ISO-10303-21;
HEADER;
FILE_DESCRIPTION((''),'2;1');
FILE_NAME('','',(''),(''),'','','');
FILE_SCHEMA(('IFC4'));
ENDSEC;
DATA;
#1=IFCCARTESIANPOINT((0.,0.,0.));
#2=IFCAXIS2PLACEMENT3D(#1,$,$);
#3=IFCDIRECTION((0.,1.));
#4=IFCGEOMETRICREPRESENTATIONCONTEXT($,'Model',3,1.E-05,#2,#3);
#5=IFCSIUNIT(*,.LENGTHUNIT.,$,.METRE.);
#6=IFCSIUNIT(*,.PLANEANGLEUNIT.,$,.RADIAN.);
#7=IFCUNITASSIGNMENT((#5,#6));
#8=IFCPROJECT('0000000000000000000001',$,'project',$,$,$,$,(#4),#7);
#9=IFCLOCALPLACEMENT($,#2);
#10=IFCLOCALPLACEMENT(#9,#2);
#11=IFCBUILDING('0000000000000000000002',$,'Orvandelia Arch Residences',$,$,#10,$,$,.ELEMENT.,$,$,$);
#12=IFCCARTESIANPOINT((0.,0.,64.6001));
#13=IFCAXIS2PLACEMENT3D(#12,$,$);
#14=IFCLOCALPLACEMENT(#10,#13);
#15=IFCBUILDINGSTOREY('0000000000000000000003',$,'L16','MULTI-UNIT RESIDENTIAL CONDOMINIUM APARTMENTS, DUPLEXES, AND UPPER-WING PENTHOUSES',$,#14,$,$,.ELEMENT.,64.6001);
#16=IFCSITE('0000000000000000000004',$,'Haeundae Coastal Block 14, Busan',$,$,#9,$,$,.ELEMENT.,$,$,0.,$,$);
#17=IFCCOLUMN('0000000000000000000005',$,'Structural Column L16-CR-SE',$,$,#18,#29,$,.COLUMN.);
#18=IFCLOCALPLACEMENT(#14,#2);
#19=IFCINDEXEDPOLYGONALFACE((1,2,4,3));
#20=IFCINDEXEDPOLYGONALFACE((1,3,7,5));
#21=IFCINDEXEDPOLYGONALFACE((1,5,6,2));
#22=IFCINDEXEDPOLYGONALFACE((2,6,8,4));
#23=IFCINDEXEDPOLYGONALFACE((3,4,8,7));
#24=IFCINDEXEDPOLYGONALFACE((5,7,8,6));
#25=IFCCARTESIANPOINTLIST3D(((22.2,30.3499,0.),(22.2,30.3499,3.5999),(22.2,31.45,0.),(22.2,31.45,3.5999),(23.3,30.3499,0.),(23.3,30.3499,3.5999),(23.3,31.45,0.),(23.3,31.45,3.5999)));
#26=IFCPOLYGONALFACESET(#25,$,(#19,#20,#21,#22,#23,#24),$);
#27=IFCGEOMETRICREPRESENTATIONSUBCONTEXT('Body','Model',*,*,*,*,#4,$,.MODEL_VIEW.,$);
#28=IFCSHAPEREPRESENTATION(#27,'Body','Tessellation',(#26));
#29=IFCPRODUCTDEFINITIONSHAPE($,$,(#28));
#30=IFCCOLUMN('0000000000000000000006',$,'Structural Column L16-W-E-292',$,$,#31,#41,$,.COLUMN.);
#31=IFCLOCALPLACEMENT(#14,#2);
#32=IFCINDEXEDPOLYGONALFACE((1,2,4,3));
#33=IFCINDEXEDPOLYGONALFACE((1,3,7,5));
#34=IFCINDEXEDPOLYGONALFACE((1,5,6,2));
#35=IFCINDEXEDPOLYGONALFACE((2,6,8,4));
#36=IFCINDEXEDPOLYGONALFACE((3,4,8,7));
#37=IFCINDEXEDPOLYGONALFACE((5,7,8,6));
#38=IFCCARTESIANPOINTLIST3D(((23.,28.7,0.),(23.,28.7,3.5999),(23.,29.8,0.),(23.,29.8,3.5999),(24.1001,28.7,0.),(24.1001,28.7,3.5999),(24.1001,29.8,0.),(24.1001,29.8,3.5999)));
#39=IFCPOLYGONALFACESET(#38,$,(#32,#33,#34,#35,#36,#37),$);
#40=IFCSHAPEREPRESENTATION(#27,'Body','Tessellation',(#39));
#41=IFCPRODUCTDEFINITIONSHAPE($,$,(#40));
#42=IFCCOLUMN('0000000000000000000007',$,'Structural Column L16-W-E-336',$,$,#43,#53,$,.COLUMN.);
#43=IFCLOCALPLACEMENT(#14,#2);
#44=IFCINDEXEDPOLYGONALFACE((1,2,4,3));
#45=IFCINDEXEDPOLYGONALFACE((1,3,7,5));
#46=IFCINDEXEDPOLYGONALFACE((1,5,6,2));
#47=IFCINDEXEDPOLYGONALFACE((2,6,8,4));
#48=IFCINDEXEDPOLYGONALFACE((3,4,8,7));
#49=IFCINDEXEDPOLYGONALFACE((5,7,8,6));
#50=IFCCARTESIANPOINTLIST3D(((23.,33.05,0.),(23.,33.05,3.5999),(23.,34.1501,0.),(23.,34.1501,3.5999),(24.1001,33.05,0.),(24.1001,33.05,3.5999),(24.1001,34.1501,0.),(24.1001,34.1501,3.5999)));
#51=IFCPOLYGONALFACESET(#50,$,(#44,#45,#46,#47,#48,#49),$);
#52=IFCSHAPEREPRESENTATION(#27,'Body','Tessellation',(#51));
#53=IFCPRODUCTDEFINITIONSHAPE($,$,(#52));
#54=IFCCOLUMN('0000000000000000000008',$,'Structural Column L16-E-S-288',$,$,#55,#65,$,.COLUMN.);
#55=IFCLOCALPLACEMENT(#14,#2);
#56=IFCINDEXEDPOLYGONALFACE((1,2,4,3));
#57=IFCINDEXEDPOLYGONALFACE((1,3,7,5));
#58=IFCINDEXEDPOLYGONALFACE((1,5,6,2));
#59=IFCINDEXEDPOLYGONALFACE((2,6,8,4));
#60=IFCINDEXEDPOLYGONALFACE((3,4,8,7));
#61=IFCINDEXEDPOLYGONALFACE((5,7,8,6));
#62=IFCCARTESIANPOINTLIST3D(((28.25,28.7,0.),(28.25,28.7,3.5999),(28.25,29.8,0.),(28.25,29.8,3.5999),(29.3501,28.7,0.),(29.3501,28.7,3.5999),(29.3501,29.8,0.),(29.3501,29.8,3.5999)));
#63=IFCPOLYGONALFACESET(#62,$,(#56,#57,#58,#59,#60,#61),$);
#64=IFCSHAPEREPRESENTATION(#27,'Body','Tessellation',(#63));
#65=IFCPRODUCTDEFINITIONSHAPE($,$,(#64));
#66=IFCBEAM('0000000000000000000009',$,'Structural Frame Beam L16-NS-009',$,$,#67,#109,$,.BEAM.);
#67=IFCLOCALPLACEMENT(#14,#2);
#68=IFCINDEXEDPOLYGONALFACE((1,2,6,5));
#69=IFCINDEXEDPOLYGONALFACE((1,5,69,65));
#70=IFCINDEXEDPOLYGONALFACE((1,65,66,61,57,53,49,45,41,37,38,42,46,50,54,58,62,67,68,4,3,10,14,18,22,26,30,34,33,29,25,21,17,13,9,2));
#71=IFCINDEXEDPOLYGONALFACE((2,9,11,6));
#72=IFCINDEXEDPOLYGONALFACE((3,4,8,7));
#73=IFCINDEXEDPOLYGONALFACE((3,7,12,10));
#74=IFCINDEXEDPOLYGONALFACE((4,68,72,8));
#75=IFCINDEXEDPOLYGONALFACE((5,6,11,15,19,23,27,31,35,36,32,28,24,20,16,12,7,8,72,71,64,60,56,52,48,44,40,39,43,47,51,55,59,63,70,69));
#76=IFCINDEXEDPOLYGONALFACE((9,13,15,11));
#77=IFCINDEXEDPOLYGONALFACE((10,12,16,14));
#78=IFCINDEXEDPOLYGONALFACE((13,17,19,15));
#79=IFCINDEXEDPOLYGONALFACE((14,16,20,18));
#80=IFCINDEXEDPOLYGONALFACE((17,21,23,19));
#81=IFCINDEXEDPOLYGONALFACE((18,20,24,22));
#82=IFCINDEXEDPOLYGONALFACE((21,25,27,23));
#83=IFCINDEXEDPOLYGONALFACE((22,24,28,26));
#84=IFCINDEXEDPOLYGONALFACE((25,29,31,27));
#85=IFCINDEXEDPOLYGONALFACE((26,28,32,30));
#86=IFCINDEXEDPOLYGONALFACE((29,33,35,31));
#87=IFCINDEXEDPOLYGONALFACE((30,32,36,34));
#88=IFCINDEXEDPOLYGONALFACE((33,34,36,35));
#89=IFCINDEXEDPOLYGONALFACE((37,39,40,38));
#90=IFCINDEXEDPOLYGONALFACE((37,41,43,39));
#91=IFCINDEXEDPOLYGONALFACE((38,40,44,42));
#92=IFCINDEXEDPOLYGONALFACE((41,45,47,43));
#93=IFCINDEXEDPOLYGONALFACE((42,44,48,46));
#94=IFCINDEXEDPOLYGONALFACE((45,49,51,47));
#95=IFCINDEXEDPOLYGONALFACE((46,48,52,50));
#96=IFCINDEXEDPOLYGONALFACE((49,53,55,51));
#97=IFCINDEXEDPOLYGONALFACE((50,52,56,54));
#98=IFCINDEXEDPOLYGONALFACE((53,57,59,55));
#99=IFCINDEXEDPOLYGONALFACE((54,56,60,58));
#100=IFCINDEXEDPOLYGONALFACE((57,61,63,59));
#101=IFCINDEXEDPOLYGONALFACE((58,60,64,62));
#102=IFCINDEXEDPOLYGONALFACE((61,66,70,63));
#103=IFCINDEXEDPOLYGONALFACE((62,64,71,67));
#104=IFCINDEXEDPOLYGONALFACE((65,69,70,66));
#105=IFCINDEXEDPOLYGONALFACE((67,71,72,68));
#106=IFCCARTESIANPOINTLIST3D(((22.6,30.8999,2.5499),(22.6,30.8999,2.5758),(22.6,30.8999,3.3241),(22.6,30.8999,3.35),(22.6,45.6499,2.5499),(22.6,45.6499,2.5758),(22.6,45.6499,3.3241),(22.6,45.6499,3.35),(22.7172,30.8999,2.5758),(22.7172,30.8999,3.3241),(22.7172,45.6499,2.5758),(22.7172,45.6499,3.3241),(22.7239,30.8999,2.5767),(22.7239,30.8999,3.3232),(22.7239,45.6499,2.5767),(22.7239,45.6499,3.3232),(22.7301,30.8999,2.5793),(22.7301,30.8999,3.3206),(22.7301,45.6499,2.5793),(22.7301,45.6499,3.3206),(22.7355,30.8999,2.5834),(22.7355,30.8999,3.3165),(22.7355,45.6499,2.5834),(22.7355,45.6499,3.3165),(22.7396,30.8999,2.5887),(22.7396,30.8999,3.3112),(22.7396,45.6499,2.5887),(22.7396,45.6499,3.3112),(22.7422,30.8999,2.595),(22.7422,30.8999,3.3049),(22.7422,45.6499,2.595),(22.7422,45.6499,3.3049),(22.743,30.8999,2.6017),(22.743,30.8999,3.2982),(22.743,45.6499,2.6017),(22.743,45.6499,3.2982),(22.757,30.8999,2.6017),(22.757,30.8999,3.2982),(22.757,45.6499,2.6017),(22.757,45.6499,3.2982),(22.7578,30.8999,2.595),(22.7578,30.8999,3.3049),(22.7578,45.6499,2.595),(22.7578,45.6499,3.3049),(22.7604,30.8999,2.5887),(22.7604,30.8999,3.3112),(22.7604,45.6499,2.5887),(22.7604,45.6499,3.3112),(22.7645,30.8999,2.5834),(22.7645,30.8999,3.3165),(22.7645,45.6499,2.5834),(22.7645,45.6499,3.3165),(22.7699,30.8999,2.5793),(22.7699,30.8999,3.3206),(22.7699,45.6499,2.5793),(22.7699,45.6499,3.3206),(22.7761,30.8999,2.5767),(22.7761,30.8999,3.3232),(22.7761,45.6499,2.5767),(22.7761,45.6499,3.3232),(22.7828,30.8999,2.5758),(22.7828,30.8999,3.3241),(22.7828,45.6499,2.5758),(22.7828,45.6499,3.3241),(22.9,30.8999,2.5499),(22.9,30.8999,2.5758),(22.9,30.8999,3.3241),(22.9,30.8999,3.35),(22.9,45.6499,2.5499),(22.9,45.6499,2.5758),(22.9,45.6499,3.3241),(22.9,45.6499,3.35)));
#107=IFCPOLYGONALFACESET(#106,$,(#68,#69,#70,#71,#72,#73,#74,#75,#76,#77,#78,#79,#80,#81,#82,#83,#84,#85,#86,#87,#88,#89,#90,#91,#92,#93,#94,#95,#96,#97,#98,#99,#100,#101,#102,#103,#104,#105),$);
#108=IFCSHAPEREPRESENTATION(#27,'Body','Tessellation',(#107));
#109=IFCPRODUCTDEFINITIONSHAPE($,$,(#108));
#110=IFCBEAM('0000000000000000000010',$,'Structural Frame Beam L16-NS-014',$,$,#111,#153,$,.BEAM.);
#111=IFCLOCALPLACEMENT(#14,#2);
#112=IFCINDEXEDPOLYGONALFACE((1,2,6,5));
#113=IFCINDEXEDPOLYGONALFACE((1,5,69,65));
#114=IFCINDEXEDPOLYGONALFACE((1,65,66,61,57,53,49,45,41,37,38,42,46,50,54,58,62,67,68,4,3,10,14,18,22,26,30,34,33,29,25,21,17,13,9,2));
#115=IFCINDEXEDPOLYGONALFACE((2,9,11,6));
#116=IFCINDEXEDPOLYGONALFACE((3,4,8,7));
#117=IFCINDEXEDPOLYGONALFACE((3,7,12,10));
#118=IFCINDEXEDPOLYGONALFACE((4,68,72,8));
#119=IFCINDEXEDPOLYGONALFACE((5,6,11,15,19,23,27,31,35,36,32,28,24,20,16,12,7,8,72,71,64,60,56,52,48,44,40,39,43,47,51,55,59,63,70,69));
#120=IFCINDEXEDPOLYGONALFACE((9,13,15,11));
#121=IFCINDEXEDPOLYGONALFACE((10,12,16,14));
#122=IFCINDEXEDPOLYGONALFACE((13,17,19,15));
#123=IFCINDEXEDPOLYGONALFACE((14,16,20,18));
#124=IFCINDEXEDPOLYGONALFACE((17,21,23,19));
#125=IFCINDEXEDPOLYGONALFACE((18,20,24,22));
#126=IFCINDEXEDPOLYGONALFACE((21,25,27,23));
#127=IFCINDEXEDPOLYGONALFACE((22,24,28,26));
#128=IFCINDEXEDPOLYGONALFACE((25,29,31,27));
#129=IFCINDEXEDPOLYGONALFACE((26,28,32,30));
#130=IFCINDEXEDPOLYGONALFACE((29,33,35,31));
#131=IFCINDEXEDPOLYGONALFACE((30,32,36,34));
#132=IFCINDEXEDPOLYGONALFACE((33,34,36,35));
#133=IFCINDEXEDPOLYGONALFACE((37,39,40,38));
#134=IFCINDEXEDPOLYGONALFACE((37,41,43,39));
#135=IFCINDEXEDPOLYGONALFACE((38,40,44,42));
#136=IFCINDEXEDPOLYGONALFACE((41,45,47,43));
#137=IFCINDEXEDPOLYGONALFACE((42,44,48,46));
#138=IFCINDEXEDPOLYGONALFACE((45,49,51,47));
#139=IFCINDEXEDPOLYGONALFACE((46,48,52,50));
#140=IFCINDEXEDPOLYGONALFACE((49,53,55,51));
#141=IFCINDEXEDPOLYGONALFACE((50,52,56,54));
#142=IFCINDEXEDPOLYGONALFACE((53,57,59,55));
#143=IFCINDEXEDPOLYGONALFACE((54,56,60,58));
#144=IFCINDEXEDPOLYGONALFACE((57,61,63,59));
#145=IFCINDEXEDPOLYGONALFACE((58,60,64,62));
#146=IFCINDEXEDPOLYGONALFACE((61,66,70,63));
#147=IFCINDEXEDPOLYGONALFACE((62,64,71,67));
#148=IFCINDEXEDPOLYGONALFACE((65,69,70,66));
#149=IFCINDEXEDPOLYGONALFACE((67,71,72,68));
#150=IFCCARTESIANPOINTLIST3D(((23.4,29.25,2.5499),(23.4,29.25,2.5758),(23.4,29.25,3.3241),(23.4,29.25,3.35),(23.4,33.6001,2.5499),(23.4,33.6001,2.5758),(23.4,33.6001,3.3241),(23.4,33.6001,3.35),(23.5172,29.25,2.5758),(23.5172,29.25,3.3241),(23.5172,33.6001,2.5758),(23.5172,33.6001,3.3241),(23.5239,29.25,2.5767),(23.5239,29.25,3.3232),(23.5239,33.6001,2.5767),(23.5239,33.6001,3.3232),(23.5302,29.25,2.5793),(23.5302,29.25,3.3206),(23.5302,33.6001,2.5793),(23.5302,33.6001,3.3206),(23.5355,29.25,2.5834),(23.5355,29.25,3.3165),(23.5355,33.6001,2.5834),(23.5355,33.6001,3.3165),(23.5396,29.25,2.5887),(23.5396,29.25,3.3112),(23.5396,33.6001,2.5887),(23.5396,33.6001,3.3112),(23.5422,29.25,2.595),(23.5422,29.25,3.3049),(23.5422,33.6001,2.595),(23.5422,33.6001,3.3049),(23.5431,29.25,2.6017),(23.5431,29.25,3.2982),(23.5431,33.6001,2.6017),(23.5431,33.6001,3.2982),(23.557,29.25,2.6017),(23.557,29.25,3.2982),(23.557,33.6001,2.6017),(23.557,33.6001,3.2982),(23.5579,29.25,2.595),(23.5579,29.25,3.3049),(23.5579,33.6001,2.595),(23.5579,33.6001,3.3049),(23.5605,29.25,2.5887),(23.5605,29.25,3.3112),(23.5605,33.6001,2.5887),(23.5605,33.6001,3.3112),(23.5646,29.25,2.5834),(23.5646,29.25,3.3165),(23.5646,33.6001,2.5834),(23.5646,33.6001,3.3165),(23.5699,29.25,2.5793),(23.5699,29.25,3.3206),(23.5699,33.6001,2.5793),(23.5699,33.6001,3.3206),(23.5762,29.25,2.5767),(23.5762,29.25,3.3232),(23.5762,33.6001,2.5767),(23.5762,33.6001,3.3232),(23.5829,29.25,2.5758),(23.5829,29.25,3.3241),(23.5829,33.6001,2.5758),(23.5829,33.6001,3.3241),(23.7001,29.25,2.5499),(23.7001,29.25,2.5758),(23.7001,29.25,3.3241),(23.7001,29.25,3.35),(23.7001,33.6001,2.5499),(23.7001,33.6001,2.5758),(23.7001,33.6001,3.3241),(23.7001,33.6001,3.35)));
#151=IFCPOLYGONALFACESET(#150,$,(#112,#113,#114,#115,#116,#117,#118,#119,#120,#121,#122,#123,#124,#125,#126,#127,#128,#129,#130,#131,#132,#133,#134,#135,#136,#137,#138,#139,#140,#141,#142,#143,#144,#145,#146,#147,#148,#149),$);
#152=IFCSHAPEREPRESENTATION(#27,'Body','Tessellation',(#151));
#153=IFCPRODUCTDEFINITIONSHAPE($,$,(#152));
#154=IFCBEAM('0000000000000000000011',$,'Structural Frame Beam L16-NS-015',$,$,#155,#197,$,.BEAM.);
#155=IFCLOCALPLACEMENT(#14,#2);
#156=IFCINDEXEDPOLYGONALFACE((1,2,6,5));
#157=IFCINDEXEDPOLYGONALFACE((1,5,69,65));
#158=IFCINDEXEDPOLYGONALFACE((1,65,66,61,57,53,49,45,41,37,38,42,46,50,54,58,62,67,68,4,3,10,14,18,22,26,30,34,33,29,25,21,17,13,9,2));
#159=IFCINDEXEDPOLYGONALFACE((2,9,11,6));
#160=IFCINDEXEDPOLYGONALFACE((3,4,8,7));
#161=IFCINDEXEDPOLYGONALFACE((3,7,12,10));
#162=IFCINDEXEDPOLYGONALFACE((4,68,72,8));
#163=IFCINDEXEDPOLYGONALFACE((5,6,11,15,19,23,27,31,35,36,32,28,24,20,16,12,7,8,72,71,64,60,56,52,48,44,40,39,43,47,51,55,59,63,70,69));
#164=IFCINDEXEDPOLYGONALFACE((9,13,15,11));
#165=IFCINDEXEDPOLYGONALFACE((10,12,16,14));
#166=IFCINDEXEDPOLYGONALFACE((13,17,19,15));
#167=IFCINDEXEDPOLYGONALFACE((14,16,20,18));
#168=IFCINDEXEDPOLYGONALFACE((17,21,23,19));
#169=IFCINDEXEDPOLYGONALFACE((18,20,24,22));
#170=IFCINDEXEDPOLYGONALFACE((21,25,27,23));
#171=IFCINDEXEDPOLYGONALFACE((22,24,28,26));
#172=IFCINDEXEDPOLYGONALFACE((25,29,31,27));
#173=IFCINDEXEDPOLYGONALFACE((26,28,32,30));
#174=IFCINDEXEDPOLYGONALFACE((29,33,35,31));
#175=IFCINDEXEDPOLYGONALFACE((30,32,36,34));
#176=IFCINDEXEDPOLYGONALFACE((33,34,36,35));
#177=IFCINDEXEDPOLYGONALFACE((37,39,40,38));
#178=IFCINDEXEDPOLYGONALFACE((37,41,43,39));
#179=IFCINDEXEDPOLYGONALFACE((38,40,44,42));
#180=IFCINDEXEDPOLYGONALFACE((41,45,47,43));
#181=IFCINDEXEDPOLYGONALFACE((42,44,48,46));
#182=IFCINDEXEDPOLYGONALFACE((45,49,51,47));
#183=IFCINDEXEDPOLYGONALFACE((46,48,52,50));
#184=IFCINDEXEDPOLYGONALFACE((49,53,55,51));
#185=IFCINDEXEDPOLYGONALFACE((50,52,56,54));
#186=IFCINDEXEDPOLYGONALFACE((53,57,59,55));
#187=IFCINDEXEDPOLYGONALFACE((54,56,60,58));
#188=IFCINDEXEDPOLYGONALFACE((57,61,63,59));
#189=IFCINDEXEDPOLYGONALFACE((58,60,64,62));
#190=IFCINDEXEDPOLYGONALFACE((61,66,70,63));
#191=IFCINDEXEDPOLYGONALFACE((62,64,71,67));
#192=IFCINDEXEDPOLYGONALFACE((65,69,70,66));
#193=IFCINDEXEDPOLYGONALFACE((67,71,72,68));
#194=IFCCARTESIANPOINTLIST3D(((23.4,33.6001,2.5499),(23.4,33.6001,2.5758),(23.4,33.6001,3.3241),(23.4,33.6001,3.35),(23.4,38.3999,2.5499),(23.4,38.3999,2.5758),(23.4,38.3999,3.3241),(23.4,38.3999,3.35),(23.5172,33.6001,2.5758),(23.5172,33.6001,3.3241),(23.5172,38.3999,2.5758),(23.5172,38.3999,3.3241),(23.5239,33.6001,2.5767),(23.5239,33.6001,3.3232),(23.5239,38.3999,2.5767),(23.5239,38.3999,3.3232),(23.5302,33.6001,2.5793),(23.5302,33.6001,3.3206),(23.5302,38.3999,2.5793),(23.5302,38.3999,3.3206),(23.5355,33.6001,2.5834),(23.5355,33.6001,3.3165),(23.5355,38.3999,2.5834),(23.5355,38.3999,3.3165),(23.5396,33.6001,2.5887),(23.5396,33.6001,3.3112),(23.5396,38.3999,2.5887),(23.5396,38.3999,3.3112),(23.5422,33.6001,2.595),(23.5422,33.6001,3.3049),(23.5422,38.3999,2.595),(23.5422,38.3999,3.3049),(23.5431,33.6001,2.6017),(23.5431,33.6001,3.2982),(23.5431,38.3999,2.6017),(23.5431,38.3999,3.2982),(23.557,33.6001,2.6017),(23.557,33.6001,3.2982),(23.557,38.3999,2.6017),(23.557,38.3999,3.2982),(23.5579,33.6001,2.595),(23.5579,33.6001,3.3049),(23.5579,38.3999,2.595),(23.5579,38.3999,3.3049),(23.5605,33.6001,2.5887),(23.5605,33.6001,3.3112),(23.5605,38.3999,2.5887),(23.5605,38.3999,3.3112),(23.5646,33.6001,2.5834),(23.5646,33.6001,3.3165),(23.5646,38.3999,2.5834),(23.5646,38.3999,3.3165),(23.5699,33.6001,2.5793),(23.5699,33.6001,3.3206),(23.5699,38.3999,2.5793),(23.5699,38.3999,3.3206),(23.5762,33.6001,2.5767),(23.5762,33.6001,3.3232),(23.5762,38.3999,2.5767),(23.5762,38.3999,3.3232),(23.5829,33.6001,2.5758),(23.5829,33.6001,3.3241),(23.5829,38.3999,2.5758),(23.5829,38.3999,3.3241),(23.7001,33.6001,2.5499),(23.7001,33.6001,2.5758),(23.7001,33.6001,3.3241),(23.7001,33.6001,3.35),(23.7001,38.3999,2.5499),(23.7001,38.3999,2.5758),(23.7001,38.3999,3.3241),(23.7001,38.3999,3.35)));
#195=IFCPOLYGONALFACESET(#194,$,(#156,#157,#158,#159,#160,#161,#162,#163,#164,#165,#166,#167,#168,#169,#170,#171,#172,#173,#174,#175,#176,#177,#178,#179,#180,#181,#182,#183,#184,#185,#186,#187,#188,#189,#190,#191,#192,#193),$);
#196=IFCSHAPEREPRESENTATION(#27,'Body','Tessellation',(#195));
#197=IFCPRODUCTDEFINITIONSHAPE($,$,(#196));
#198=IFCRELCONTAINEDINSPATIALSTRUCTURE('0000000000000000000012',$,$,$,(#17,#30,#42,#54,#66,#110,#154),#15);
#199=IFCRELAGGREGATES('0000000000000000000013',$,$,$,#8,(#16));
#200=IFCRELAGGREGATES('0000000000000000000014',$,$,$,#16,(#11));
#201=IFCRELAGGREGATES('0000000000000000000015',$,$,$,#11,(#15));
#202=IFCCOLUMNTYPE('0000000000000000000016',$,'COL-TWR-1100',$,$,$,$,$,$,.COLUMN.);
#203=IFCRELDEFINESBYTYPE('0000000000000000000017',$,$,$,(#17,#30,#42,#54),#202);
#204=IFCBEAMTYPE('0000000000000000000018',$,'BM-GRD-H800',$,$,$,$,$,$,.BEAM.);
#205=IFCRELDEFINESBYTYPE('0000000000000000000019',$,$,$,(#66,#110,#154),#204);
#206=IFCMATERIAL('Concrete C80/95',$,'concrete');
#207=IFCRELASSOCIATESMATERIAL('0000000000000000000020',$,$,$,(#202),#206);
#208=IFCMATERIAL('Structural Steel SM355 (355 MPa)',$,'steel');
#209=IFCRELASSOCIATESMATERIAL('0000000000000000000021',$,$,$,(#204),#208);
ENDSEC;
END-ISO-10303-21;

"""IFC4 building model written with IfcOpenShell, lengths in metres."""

from ifc_helpers import new_model, si_unit, direction, frame, origin, origin_2d, place, context, subcontext, project, spatial, rectangle, i_section, extrude, material, material_profile, profile_set, type_object, element, save


model = new_model("IFC4")

# Units and contexts
model_context = context("Model", 3, precision=1e-05, world=origin(), true_north=direction((0.0, 1.0)))
body_context = subcontext(model_context, "Body", "Model", "MODEL_VIEW")
ifc_project = project(units=[si_unit("LENGTHUNIT", "METRE"), si_unit("PLANEANGLEUNIT", "RADIAN")], contexts=[model_context])

# Site, building, storey
site_placement = place(None, origin())
site = spatial("IfcSite", under=ifc_project, at=site_placement, Name="Haeundae Coastal Block 14, Busan", CompositionType="ELEMENT", RefElevation=0.0)
building_placement = place(site_placement, origin())
building = spatial("IfcBuilding", under=site, at=building_placement, Name="Orvandelia Arch Residences", CompositionType="ELEMENT")
storey_placement = place(building_placement, frame((0.0, 0.0, 64.6001)))
storey = spatial("IfcBuildingStorey", under=building, at=storey_placement, Name="L16", Description="MULTI-UNIT RESIDENTIAL CONDOMINIUM APARTMENTS, DUPLEXES, AND UPPER-WING PENTHOUSES", CompositionType="ELEMENT", Elevation=64.6001)

# Columns
ifc_material_1 = material(Name="Concrete C80/95", Category="concrete")
ifc_material_profile_1 = material_profile(ifc_material_1, rectangle(XDim=1.1001, YDim=1.1001, at=origin_2d()), Name="Concrete C80/95", Category="concrete")
ifc_profile_set_1 = profile_set([ifc_material_profile_1], Name="Concrete C80/95")
column_type = type_object("IfcColumnType", Name="COL-TWR-1100", PredefinedType="COLUMN", material=ifc_profile_set_1)
for number, where, z_axis, x_axis, name in (
    (1, (22.75, 30.8999, 0.0), (0.0, 0.0, 1.0), (1.0, 0.0, 0.0), "Structural Column L16-CR-SE"),
    (2, (23.55, 29.25, 0.0), (0.0, 0.0, 1.0), (1.0, 0.0, 0.0), "Structural Column L16-W-E-292"),
    (3, (23.55, 33.6001, 0.0), (0.0, 0.0, 1.0), (1.0, 0.0, 0.0), "Structural Column L16-W-E-336"),
    (4, (28.8, 29.25, 0.0), (0.0, 0.0, 1.0), (1.0, 0.0, 0.0), "Structural Column L16-E-S-288"),
):
    element("IfcColumn", number, at=place(storey_placement, frame(where, z_axis=z_axis, x_axis=x_axis)), inside=storey, type_object=column_type, Name=name, PredefinedType="COLUMN", context=body_context, shape_type="SweptSolid", body=[
        extrude(rectangle(XDim=1.1001, YDim=1.1001, at=origin_2d()), origin(), (0.0, 0.0, 1.0), 3.5999),
    ])

# Beams
ifc_material_2 = material(Name="Structural Steel SM355 (355 MPa)", Category="steel")
ifc_material_profile_2 = material_profile(ifc_material_2, i_section(OverallWidth=0.3, OverallDepth=0.8, WebThickness=0.0139, FlangeThickness=0.0259, FilletRadius=0.0259, at=origin_2d()), Name="Structural Steel SM355 (355 MPa)", Category="steel")
ifc_profile_set_2 = profile_set([ifc_material_profile_2], Name="Structural Steel SM355 (355 MPa)")
beam_type = type_object("IfcBeamType", Name="BM-GRD-H800", PredefinedType="BEAM", material=ifc_profile_set_2)
beam_1_placement = place(storey_placement, frame((22.75, 30.8999, 2.95), z_axis=(0.0, 1.0, 0.0), x_axis=(-1.0, 0.0, 0.0)))
element("IfcBeam", 5, at=beam_1_placement, inside=storey, type_object=beam_type, Name="Structural Frame Beam L16-NS-009", PredefinedType="BEAM", context=body_context, shape_type="SweptSolid", body=[
    extrude(i_section(OverallWidth=0.3, OverallDepth=0.8, WebThickness=0.0139, FlangeThickness=0.0259, FilletRadius=0.0259, at=origin_2d()), origin(), (0.0, 0.0, 1.0), 14.75),
])
beam_2_placement = place(storey_placement, frame((23.55, 29.25, 2.95), z_axis=(0.0, 1.0, 0.0), x_axis=(-1.0, 0.0, 0.0)))
element("IfcBeam", 6, at=beam_2_placement, inside=storey, type_object=beam_type, Name="Structural Frame Beam L16-NS-014", PredefinedType="BEAM", context=body_context, shape_type="SweptSolid", body=[
    extrude(i_section(OverallWidth=0.3, OverallDepth=0.8, WebThickness=0.0139, FlangeThickness=0.0259, FilletRadius=0.0259, at=origin_2d()), origin(), (0.0, 0.0, 1.0), 4.3501),
])
beam_3_placement = place(storey_placement, frame((23.55, 33.6001, 2.95), z_axis=(0.0, 1.0, 0.0), x_axis=(-1.0, 0.0, 0.0)))
element("IfcBeam", 7, at=beam_3_placement, inside=storey, type_object=beam_type, Name="Structural Frame Beam L16-NS-015", PredefinedType="BEAM", context=body_context, shape_type="SweptSolid", body=[
    extrude(i_section(OverallWidth=0.3, OverallDepth=0.8, WebThickness=0.0139, FlangeThickness=0.0259, FilletRadius=0.0259, at=origin_2d()), origin(), (0.0, 0.0, 1.0), 4.7998),
])

save(model, "model.ifc")
